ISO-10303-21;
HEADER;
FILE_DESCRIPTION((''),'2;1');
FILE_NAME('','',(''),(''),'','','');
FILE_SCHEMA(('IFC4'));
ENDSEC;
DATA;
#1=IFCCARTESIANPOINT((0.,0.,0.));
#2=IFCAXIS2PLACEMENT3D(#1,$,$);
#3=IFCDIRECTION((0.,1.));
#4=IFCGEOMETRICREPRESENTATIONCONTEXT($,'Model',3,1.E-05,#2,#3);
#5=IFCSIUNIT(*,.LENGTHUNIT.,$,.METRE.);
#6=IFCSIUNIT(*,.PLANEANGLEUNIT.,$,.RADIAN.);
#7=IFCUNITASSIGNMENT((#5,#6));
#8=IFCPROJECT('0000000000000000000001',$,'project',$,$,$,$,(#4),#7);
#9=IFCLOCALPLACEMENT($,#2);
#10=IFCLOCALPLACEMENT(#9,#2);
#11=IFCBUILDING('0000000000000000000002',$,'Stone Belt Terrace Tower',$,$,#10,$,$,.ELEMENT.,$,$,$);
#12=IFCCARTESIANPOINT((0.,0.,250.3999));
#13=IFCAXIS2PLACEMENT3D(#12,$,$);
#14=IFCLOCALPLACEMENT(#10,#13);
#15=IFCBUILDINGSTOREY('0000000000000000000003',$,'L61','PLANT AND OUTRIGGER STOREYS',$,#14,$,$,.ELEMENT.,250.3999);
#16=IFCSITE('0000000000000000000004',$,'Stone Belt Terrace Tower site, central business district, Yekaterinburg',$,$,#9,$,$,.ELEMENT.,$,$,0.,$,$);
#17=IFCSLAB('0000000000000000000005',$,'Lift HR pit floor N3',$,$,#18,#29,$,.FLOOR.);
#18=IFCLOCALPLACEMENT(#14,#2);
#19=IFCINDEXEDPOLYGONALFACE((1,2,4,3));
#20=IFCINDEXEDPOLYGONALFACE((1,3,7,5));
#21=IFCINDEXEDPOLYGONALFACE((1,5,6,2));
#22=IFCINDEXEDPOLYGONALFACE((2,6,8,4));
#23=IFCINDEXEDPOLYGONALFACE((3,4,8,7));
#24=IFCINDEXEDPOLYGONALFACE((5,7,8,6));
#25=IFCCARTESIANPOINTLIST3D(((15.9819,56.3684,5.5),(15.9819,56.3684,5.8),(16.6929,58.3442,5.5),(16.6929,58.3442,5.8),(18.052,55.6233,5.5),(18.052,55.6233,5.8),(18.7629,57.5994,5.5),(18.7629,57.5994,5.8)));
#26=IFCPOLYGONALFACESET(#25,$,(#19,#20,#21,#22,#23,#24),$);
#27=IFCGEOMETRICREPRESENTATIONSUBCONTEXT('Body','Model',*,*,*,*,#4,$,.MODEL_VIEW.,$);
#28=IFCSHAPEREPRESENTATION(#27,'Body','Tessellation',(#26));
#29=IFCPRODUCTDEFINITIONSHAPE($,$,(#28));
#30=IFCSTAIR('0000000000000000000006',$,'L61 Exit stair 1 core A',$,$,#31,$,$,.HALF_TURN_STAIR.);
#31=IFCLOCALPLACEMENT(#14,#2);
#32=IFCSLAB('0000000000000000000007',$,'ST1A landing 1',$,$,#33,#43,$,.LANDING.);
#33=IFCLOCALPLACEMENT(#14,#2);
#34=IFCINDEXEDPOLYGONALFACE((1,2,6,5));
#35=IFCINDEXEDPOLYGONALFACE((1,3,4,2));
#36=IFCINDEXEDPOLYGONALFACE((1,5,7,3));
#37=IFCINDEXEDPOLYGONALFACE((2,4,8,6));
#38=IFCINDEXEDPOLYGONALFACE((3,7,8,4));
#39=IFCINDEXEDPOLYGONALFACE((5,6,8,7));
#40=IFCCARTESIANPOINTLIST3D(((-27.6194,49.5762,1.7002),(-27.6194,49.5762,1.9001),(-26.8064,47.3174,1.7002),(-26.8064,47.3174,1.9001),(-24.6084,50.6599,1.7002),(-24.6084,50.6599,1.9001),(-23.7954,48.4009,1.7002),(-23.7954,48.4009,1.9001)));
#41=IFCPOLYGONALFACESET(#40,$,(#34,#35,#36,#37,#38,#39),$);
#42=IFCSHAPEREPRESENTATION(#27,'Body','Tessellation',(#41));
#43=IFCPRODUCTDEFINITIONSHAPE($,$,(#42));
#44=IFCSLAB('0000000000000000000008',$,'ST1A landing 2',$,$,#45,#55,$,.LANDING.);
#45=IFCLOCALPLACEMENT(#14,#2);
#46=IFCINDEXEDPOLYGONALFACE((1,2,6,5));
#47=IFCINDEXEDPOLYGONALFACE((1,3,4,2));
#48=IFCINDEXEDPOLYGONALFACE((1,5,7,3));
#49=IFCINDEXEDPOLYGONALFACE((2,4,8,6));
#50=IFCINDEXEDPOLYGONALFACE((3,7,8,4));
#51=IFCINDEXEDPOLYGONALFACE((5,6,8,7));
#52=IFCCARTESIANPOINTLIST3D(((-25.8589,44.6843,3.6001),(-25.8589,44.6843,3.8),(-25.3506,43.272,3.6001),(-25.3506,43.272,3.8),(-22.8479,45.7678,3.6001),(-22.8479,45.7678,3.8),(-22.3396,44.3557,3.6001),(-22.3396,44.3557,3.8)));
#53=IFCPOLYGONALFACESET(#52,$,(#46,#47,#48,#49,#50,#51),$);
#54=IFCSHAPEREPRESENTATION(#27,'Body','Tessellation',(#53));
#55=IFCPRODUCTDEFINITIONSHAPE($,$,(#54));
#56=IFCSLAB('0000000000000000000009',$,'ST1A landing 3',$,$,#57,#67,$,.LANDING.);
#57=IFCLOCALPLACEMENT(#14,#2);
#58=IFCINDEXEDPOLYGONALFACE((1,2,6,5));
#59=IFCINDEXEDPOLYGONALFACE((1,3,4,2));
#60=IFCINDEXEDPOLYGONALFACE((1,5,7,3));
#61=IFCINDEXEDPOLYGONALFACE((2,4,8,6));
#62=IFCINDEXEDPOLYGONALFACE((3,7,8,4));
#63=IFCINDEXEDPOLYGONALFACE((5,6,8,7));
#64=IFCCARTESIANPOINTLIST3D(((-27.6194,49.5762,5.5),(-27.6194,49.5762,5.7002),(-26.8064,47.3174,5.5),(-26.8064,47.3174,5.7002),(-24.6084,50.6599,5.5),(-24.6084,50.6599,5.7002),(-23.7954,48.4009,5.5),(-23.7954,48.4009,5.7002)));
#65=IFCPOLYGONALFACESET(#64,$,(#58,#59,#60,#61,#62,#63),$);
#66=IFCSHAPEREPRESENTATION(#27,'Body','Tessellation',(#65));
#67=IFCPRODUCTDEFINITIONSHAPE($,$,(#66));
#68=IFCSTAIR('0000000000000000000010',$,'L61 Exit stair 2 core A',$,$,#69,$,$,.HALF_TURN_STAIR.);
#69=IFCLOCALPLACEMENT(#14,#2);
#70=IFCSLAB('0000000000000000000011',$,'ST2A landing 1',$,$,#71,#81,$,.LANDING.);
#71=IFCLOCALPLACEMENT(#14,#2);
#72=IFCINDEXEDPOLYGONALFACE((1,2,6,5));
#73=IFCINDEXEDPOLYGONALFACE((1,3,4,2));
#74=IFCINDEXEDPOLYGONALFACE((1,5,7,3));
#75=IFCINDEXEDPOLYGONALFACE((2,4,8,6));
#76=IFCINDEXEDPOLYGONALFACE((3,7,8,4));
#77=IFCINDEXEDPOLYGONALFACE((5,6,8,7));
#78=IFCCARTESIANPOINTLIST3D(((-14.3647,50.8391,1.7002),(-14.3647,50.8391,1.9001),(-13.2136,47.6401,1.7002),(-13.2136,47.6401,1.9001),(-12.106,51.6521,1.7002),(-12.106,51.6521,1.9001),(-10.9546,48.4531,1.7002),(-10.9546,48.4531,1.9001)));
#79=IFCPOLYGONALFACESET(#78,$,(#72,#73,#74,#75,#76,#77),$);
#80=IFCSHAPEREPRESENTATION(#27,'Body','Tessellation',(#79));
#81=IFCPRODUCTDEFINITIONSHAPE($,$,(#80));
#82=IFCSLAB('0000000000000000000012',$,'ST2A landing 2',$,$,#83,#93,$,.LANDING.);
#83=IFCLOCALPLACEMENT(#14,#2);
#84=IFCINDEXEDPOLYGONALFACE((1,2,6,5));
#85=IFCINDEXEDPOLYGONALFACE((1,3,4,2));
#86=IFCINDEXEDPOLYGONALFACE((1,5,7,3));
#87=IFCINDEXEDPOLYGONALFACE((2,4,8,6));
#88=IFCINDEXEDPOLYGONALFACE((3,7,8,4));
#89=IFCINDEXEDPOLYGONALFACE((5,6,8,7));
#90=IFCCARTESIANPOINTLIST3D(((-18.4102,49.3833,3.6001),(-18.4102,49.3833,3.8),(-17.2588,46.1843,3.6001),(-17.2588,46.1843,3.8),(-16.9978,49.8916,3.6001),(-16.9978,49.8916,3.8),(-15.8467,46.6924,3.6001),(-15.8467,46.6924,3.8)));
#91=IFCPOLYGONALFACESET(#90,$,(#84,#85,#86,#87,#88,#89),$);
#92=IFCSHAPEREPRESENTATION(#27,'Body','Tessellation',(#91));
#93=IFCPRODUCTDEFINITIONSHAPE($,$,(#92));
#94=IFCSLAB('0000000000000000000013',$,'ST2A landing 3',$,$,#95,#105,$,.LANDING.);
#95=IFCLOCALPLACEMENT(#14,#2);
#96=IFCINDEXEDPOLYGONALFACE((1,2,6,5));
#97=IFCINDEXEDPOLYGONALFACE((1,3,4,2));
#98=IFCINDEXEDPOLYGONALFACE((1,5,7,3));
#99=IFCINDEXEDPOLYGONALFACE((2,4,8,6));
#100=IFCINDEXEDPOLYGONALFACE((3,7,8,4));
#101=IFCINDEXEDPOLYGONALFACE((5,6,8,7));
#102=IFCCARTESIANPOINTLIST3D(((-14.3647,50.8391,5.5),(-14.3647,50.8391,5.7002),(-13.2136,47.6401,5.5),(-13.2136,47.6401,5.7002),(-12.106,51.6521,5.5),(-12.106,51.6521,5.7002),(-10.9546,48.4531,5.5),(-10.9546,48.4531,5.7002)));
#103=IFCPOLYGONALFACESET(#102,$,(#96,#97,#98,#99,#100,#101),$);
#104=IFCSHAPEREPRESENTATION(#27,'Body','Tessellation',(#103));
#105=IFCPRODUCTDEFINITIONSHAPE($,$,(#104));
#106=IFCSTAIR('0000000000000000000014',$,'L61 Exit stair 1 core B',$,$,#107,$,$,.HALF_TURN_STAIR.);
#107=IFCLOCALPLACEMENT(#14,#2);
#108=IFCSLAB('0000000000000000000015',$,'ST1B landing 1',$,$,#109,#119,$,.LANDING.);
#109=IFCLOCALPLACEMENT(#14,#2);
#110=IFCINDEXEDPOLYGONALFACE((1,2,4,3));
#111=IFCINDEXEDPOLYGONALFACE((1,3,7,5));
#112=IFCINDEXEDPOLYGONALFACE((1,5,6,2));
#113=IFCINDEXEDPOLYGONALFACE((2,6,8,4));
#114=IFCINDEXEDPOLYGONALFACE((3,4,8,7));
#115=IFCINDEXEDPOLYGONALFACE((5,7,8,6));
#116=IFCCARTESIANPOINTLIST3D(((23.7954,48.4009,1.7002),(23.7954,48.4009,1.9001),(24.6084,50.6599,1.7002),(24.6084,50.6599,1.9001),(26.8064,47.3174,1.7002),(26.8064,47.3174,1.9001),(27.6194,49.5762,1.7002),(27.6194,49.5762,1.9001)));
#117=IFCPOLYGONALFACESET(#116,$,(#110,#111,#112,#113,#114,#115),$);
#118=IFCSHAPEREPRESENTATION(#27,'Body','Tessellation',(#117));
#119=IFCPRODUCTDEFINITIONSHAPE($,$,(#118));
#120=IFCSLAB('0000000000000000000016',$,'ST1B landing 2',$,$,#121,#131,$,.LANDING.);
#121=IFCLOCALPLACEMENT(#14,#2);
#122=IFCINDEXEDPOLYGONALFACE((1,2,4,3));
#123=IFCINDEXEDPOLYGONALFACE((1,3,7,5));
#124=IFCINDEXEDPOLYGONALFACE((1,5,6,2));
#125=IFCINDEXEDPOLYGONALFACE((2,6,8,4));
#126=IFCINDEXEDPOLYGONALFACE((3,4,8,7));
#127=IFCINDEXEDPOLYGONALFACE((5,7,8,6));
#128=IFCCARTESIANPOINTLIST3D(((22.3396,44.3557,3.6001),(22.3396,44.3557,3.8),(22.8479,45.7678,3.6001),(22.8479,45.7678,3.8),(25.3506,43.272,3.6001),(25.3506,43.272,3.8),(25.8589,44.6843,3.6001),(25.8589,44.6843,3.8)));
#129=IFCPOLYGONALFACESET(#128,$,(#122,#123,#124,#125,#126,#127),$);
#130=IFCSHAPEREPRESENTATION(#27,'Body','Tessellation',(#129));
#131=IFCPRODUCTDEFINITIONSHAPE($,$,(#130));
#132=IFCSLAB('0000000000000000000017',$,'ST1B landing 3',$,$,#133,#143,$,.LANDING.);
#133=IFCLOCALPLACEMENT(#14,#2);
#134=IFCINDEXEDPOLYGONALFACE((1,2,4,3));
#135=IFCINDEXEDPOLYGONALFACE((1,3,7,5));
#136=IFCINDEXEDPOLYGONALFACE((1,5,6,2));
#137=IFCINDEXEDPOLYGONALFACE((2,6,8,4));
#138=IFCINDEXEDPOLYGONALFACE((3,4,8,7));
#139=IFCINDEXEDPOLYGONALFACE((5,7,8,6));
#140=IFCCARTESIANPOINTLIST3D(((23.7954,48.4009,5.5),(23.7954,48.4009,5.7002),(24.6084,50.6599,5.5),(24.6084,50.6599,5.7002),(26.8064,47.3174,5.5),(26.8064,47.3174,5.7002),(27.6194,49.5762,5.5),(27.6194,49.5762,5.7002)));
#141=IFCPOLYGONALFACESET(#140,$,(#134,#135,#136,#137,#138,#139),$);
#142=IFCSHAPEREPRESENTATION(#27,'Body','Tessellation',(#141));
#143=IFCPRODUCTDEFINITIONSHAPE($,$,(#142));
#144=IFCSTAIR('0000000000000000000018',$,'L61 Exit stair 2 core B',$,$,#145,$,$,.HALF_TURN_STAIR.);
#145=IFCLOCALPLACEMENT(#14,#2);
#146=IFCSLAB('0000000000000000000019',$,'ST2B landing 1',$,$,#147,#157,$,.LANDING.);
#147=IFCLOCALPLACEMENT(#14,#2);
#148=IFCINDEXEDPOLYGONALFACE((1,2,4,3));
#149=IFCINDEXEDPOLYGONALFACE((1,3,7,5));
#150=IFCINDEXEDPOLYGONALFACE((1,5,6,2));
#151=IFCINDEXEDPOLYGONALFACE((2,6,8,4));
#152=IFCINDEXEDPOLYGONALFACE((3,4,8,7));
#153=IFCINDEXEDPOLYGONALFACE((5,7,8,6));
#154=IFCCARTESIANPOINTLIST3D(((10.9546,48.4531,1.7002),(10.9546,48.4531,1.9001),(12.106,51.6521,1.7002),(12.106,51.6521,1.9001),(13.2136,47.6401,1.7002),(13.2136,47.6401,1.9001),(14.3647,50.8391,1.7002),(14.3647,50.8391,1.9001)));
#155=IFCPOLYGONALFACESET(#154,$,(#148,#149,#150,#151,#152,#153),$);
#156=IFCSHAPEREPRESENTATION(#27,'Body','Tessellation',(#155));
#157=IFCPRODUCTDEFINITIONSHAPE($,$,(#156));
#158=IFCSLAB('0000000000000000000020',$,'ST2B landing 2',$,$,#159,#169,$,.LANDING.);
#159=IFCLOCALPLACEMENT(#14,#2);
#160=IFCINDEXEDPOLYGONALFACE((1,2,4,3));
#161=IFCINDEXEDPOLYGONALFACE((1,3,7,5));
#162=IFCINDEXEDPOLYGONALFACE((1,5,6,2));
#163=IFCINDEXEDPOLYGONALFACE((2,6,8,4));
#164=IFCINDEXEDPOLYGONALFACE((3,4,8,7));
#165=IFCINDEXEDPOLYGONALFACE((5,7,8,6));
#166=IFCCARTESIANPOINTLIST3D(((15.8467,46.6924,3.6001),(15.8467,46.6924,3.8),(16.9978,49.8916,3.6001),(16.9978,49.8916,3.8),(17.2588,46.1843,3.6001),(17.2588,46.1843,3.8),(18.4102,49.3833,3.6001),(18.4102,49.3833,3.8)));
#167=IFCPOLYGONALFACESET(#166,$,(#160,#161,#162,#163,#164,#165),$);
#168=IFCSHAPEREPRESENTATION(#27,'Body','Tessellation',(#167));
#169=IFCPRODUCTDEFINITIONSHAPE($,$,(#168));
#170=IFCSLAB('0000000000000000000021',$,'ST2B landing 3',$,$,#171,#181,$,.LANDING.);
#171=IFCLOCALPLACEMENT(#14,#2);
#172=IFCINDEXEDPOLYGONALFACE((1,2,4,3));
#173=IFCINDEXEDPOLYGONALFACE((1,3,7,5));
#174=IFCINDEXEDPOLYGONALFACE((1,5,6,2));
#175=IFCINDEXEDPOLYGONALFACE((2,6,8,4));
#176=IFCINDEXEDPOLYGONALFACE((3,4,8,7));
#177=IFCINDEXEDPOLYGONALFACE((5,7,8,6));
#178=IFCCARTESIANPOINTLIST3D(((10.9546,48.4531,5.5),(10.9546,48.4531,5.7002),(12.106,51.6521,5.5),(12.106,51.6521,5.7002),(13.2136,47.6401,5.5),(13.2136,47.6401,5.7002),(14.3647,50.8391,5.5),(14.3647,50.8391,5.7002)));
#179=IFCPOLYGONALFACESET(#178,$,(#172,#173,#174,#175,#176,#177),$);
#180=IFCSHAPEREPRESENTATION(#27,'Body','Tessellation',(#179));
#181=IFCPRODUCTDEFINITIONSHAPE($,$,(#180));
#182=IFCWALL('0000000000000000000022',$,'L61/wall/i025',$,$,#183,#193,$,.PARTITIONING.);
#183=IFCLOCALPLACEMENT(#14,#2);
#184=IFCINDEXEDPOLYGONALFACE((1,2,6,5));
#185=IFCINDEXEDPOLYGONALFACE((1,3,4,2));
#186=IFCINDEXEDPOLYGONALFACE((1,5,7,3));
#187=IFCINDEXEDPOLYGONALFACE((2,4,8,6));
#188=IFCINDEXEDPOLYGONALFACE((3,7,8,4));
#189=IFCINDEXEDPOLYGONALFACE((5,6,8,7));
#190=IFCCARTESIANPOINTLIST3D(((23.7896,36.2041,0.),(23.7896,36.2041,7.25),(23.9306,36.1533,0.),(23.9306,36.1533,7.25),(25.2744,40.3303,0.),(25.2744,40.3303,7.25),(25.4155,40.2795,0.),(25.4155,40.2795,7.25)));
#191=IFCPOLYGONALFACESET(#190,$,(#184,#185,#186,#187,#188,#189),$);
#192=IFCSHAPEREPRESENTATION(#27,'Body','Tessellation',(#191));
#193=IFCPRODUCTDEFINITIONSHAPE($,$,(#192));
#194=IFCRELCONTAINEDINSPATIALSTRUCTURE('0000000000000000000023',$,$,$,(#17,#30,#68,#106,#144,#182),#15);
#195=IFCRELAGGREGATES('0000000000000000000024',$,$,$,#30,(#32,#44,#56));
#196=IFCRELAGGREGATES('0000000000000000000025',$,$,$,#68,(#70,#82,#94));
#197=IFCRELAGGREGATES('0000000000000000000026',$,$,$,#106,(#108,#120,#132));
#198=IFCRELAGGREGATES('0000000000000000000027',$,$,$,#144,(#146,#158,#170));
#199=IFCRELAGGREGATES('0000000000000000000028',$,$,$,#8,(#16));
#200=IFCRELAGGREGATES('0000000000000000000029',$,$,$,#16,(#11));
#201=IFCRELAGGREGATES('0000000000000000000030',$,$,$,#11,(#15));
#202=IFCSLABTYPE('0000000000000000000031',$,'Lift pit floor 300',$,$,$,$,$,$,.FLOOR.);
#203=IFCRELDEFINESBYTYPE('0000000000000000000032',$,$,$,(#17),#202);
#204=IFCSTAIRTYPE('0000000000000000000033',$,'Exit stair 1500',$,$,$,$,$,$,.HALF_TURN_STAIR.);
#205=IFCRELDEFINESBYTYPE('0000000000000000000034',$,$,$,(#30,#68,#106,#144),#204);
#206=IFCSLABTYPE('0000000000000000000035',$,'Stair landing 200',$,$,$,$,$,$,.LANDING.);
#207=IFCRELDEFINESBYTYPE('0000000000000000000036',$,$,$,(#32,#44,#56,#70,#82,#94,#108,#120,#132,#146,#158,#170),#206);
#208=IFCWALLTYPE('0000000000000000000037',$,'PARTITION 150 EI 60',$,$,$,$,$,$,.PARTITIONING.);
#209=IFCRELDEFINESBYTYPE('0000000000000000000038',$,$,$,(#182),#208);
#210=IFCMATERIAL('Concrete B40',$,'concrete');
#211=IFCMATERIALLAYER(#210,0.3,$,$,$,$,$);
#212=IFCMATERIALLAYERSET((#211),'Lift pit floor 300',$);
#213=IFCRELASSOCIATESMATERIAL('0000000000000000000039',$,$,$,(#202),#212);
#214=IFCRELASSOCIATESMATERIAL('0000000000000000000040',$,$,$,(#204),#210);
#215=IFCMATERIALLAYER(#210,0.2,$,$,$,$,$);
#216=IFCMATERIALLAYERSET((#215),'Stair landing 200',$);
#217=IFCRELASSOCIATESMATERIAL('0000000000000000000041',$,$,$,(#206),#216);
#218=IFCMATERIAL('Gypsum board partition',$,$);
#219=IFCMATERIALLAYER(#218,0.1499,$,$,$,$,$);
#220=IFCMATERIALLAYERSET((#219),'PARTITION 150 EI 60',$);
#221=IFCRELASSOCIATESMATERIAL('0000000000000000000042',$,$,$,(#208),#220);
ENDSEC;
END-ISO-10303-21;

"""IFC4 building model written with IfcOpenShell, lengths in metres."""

from ifc_helpers import new_model, si_unit, direction, frame, frame_2d, origin, place, context, subcontext, project, spatial, polyline, rectangle, outline, extrude, material, layer, layer_set, type_object, element, aggregate, save


model = new_model("IFC4")

# Units and contexts
model_context = context("Model", 3, precision=1e-05, world=origin(), true_north=direction((0.0, 1.0)))
body_context = subcontext(model_context, "Body", "Model", "MODEL_VIEW")
ifc_project = project(units=[si_unit("LENGTHUNIT", "METRE"), si_unit("PLANEANGLEUNIT", "RADIAN")], contexts=[model_context])

# Site, building, storey
site_placement = place(None, origin())
site = spatial("IfcSite", under=ifc_project, at=site_placement, Name="Stone Belt Terrace Tower site, central business district, Yekaterinburg", CompositionType="ELEMENT", RefElevation=0.0)
building_placement = place(site_placement, origin())
building = spatial("IfcBuilding", under=site, at=building_placement, Name="Stone Belt Terrace Tower", CompositionType="ELEMENT")
storey_placement = place(building_placement, frame((0.0, 0.0, 250.3999)))
storey = spatial("IfcBuildingStorey", under=building, at=storey_placement, Name="L61", Description="PLANT AND OUTRIGGER STOREYS", CompositionType="ELEMENT", Elevation=250.3999)

# Slab
ifc_material_1 = material(Name="Concrete B40", Category="concrete")
ifc_layer_1 = layer(ifc_material_1, 0.3)
ifc_layer_set_1 = layer_set([ifc_layer_1], Name="Lift pit floor 300")
slab_type_1 = type_object("IfcSlabType", Name="Lift pit floor 300", PredefinedType="FLOOR", material=ifc_layer_set_1)
slab_1_placement = place(storey_placement, frame((0.0, 0.0, 5.5)))
element("IfcSlab", 1, at=slab_1_placement, inside=storey, type_object=slab_type_1, Name="Lift HR pit floor N3", PredefinedType="FLOOR", context=body_context, shape_type="SweptSolid", body=[
    extrude(outline(polyline([(18.052, 55.6233), (15.9819, 56.3684), (16.6929, 58.3442), (18.7629, 57.5994), (18.052, 55.6233)])), origin(), (0.0, 0.0, 1.0), 0.3),
])

# Stairs, slabs
stair_type = type_object("IfcStairType", Name="Exit stair 1500", PredefinedType="HALF_TURN_STAIR", material=ifc_material_1)
stair_1_placement = place(storey_placement, origin())
stair_1 = element("IfcStair", 2, at=stair_1_placement, inside=storey, type_object=stair_type, Name="L61 Exit stair 1 core A", PredefinedType="HALF_TURN_STAIR")
ifc_layer_2 = layer(ifc_material_1, 0.2)
ifc_layer_set_2 = layer_set([ifc_layer_2], Name="Stair landing 200")
slab_type_2 = type_object("IfcSlabType", Name="Stair landing 200", PredefinedType="LANDING", material=ifc_layer_set_2)
slab_2_placement = place(storey_placement, frame((0.0, 0.0, 1.7002)))
slab_2 = element("IfcSlab", 3, at=slab_2_placement, type_object=slab_type_2, Name="ST1A landing 1", PredefinedType="LANDING", context=body_context, shape_type="SweptSolid", body=[
    extrude(outline(polyline([(-23.7954, 48.4009), (-24.6084, 50.6599), (-27.6194, 49.5762), (-26.8064, 47.3174), (-23.7954, 48.4009)])), origin(), (0.0, 0.0, 1.0), 0.2),
])
slab_3_placement = place(storey_placement, frame((0.0, 0.0, 3.6001)))
slab_3 = element("IfcSlab", 4, at=slab_3_placement, type_object=slab_type_2, Name="ST1A landing 2", PredefinedType="LANDING", context=body_context, shape_type="SweptSolid", body=[
    extrude(outline(polyline([(-22.3396, 44.3557), (-22.8479, 45.7678), (-25.8589, 44.6843), (-25.3506, 43.272), (-22.3396, 44.3557)])), origin(), (0.0, 0.0, 1.0), 0.2),
])
slab_4_placement = place(storey_placement, frame((0.0, 0.0, 5.5)))
slab_4 = element("IfcSlab", 5, at=slab_4_placement, type_object=slab_type_2, Name="ST1A landing 3", PredefinedType="LANDING", context=body_context, shape_type="SweptSolid", body=[
    extrude(outline(polyline([(-23.7954, 48.4009), (-24.6084, 50.6599), (-27.6194, 49.5762), (-26.8064, 47.3174), (-23.7954, 48.4009)])), origin(), (0.0, 0.0, 1.0), 0.2002),
])
aggregate(stair_1, [slab_2, slab_3, slab_4])
stair_2_placement = place(storey_placement, origin())
stair_2 = element("IfcStair", 6, at=stair_2_placement, inside=storey, type_object=stair_type, Name="L61 Exit stair 2 core A", PredefinedType="HALF_TURN_STAIR")
slab_5_placement = place(storey_placement, frame((0.0, 0.0, 1.7002)))
slab_5 = element("IfcSlab", 7, at=slab_5_placement, type_object=slab_type_2, Name="ST2A landing 1", PredefinedType="LANDING", context=body_context, shape_type="SweptSolid", body=[
    extrude(outline(polyline([(-13.2136, 47.6401), (-10.9546, 48.4531), (-12.106, 51.6521), (-14.3647, 50.8391), (-13.2136, 47.6401)])), origin(), (0.0, 0.0, 1.0), 0.2),
])
slab_6_placement = place(storey_placement, frame((0.0, 0.0, 3.6001)))
slab_6 = element("IfcSlab", 8, at=slab_6_placement, type_object=slab_type_2, Name="ST2A landing 2", PredefinedType="LANDING", context=body_context, shape_type="SweptSolid", body=[
    extrude(outline(polyline([(-17.2588, 46.1843), (-15.8467, 46.6924), (-16.9978, 49.8916), (-18.4102, 49.3833), (-17.2588, 46.1843)])), origin(), (0.0, 0.0, 1.0), 0.2),
])
slab_7_placement = place(storey_placement, frame((0.0, 0.0, 5.5)))
slab_7 = element("IfcSlab", 9, at=slab_7_placement, type_object=slab_type_2, Name="ST2A landing 3", PredefinedType="LANDING", context=body_context, shape_type="SweptSolid", body=[
    extrude(outline(polyline([(-13.2136, 47.6401), (-10.9546, 48.4531), (-12.106, 51.6521), (-14.3647, 50.8391), (-13.2136, 47.6401)])), origin(), (0.0, 0.0, 1.0), 0.2002),
])
aggregate(stair_2, [slab_5, slab_6, slab_7])
stair_3_placement = place(storey_placement, origin())
stair_3 = element("IfcStair", 10, at=stair_3_placement, inside=storey, type_object=stair_type, Name="L61 Exit stair 1 core B", PredefinedType="HALF_TURN_STAIR")
slab_8_placement = place(storey_placement, frame((0.0, 0.0, 1.7002)))
slab_8 = element("IfcSlab", 11, at=slab_8_placement, type_object=slab_type_2, Name="ST1B landing 1", PredefinedType="LANDING", context=body_context, shape_type="SweptSolid", body=[
    extrude(outline(polyline([(26.8064, 47.3174), (27.6194, 49.5762), (24.6084, 50.6599), (23.7954, 48.4009), (26.8064, 47.3174)])), origin(), (0.0, 0.0, 1.0), 0.2),
])
slab_9_placement = place(storey_placement, frame((0.0, 0.0, 3.6001)))
slab_9 = element("IfcSlab", 12, at=slab_9_placement, type_object=slab_type_2, Name="ST1B landing 2", PredefinedType="LANDING", context=body_context, shape_type="SweptSolid", body=[
    extrude(outline(polyline([(25.3506, 43.272), (25.8589, 44.6843), (22.8479, 45.7678), (22.3396, 44.3557), (25.3506, 43.272)])), origin(), (0.0, 0.0, 1.0), 0.2),
])
slab_10_placement = place(storey_placement, frame((0.0, 0.0, 5.5)))
slab_10 = element("IfcSlab", 13, at=slab_10_placement, type_object=slab_type_2, Name="ST1B landing 3", PredefinedType="LANDING", context=body_context, shape_type="SweptSolid", body=[
    extrude(outline(polyline([(26.8064, 47.3174), (27.6194, 49.5762), (24.6084, 50.6599), (23.7954, 48.4009), (26.8064, 47.3174)])), origin(), (0.0, 0.0, 1.0), 0.2002),
])
aggregate(stair_3, [slab_8, slab_9, slab_10])
stair_4_placement = place(storey_placement, origin())
stair_4 = element("IfcStair", 14, at=stair_4_placement, inside=storey, type_object=stair_type, Name="L61 Exit stair 2 core B", PredefinedType="HALF_TURN_STAIR")
slab_11_placement = place(storey_placement, frame((0.0, 0.0, 1.7002)))
slab_11 = element("IfcSlab", 15, at=slab_11_placement, type_object=slab_type_2, Name="ST2B landing 1", PredefinedType="LANDING", context=body_context, shape_type="SweptSolid", body=[
    extrude(outline(polyline([(14.3647, 50.8391), (12.106, 51.6521), (10.9546, 48.4531), (13.2136, 47.6401), (14.3647, 50.8391)])), origin(), (0.0, 0.0, 1.0), 0.2),
])
slab_12_placement = place(storey_placement, frame((0.0, 0.0, 3.6001)))
slab_12 = element("IfcSlab", 16, at=slab_12_placement, type_object=slab_type_2, Name="ST2B landing 2", PredefinedType="LANDING", context=body_context, shape_type="SweptSolid", body=[
    extrude(outline(polyline([(18.4102, 49.3833), (16.9978, 49.8916), (15.8467, 46.6924), (17.2588, 46.1843), (18.4102, 49.3833)])), origin(), (0.0, 0.0, 1.0), 0.2),
])
slab_13_placement = place(storey_placement, frame((0.0, 0.0, 5.5)))
slab_13 = element("IfcSlab", 17, at=slab_13_placement, type_object=slab_type_2, Name="ST2B landing 3", PredefinedType="LANDING", context=body_context, shape_type="SweptSolid", body=[
    extrude(outline(polyline([(14.3647, 50.8391), (12.106, 51.6521), (10.9546, 48.4531), (13.2136, 47.6401), (14.3647, 50.8391)])), origin(), (0.0, 0.0, 1.0), 0.2002),
])
aggregate(stair_4, [slab_11, slab_12, slab_13])

# Wall
ifc_material_2 = material(Name="Gypsum board partition")
ifc_layer_3 = layer(ifc_material_2, 0.1499)
ifc_layer_set_3 = layer_set([ifc_layer_3], Name="PARTITION 150 EI 60")
wall_type = type_object("IfcWallType", Name="PARTITION 150 EI 60", PredefinedType="PARTITIONING", material=ifc_layer_set_3)
wall_1_placement = place(storey_placement, frame((23.8601, 36.1787, 0.0), z_axis=(0.0, 0.0, 1.0), x_axis=(0.338603, 0.940929, 0.0)))
element("IfcWall", 18, at=wall_1_placement, inside=storey, type_object=wall_type, Name="L61/wall/i025", PredefinedType="PARTITIONING", context=body_context, shape_type="SweptSolid", body=[
    extrude(rectangle(XDim=4.3853, YDim=0.1499, at=frame_2d((2.1926, 0.0))), origin(), (0.0, 0.0, 1.0), 7.25),
])

save(model, "model.ifc")
